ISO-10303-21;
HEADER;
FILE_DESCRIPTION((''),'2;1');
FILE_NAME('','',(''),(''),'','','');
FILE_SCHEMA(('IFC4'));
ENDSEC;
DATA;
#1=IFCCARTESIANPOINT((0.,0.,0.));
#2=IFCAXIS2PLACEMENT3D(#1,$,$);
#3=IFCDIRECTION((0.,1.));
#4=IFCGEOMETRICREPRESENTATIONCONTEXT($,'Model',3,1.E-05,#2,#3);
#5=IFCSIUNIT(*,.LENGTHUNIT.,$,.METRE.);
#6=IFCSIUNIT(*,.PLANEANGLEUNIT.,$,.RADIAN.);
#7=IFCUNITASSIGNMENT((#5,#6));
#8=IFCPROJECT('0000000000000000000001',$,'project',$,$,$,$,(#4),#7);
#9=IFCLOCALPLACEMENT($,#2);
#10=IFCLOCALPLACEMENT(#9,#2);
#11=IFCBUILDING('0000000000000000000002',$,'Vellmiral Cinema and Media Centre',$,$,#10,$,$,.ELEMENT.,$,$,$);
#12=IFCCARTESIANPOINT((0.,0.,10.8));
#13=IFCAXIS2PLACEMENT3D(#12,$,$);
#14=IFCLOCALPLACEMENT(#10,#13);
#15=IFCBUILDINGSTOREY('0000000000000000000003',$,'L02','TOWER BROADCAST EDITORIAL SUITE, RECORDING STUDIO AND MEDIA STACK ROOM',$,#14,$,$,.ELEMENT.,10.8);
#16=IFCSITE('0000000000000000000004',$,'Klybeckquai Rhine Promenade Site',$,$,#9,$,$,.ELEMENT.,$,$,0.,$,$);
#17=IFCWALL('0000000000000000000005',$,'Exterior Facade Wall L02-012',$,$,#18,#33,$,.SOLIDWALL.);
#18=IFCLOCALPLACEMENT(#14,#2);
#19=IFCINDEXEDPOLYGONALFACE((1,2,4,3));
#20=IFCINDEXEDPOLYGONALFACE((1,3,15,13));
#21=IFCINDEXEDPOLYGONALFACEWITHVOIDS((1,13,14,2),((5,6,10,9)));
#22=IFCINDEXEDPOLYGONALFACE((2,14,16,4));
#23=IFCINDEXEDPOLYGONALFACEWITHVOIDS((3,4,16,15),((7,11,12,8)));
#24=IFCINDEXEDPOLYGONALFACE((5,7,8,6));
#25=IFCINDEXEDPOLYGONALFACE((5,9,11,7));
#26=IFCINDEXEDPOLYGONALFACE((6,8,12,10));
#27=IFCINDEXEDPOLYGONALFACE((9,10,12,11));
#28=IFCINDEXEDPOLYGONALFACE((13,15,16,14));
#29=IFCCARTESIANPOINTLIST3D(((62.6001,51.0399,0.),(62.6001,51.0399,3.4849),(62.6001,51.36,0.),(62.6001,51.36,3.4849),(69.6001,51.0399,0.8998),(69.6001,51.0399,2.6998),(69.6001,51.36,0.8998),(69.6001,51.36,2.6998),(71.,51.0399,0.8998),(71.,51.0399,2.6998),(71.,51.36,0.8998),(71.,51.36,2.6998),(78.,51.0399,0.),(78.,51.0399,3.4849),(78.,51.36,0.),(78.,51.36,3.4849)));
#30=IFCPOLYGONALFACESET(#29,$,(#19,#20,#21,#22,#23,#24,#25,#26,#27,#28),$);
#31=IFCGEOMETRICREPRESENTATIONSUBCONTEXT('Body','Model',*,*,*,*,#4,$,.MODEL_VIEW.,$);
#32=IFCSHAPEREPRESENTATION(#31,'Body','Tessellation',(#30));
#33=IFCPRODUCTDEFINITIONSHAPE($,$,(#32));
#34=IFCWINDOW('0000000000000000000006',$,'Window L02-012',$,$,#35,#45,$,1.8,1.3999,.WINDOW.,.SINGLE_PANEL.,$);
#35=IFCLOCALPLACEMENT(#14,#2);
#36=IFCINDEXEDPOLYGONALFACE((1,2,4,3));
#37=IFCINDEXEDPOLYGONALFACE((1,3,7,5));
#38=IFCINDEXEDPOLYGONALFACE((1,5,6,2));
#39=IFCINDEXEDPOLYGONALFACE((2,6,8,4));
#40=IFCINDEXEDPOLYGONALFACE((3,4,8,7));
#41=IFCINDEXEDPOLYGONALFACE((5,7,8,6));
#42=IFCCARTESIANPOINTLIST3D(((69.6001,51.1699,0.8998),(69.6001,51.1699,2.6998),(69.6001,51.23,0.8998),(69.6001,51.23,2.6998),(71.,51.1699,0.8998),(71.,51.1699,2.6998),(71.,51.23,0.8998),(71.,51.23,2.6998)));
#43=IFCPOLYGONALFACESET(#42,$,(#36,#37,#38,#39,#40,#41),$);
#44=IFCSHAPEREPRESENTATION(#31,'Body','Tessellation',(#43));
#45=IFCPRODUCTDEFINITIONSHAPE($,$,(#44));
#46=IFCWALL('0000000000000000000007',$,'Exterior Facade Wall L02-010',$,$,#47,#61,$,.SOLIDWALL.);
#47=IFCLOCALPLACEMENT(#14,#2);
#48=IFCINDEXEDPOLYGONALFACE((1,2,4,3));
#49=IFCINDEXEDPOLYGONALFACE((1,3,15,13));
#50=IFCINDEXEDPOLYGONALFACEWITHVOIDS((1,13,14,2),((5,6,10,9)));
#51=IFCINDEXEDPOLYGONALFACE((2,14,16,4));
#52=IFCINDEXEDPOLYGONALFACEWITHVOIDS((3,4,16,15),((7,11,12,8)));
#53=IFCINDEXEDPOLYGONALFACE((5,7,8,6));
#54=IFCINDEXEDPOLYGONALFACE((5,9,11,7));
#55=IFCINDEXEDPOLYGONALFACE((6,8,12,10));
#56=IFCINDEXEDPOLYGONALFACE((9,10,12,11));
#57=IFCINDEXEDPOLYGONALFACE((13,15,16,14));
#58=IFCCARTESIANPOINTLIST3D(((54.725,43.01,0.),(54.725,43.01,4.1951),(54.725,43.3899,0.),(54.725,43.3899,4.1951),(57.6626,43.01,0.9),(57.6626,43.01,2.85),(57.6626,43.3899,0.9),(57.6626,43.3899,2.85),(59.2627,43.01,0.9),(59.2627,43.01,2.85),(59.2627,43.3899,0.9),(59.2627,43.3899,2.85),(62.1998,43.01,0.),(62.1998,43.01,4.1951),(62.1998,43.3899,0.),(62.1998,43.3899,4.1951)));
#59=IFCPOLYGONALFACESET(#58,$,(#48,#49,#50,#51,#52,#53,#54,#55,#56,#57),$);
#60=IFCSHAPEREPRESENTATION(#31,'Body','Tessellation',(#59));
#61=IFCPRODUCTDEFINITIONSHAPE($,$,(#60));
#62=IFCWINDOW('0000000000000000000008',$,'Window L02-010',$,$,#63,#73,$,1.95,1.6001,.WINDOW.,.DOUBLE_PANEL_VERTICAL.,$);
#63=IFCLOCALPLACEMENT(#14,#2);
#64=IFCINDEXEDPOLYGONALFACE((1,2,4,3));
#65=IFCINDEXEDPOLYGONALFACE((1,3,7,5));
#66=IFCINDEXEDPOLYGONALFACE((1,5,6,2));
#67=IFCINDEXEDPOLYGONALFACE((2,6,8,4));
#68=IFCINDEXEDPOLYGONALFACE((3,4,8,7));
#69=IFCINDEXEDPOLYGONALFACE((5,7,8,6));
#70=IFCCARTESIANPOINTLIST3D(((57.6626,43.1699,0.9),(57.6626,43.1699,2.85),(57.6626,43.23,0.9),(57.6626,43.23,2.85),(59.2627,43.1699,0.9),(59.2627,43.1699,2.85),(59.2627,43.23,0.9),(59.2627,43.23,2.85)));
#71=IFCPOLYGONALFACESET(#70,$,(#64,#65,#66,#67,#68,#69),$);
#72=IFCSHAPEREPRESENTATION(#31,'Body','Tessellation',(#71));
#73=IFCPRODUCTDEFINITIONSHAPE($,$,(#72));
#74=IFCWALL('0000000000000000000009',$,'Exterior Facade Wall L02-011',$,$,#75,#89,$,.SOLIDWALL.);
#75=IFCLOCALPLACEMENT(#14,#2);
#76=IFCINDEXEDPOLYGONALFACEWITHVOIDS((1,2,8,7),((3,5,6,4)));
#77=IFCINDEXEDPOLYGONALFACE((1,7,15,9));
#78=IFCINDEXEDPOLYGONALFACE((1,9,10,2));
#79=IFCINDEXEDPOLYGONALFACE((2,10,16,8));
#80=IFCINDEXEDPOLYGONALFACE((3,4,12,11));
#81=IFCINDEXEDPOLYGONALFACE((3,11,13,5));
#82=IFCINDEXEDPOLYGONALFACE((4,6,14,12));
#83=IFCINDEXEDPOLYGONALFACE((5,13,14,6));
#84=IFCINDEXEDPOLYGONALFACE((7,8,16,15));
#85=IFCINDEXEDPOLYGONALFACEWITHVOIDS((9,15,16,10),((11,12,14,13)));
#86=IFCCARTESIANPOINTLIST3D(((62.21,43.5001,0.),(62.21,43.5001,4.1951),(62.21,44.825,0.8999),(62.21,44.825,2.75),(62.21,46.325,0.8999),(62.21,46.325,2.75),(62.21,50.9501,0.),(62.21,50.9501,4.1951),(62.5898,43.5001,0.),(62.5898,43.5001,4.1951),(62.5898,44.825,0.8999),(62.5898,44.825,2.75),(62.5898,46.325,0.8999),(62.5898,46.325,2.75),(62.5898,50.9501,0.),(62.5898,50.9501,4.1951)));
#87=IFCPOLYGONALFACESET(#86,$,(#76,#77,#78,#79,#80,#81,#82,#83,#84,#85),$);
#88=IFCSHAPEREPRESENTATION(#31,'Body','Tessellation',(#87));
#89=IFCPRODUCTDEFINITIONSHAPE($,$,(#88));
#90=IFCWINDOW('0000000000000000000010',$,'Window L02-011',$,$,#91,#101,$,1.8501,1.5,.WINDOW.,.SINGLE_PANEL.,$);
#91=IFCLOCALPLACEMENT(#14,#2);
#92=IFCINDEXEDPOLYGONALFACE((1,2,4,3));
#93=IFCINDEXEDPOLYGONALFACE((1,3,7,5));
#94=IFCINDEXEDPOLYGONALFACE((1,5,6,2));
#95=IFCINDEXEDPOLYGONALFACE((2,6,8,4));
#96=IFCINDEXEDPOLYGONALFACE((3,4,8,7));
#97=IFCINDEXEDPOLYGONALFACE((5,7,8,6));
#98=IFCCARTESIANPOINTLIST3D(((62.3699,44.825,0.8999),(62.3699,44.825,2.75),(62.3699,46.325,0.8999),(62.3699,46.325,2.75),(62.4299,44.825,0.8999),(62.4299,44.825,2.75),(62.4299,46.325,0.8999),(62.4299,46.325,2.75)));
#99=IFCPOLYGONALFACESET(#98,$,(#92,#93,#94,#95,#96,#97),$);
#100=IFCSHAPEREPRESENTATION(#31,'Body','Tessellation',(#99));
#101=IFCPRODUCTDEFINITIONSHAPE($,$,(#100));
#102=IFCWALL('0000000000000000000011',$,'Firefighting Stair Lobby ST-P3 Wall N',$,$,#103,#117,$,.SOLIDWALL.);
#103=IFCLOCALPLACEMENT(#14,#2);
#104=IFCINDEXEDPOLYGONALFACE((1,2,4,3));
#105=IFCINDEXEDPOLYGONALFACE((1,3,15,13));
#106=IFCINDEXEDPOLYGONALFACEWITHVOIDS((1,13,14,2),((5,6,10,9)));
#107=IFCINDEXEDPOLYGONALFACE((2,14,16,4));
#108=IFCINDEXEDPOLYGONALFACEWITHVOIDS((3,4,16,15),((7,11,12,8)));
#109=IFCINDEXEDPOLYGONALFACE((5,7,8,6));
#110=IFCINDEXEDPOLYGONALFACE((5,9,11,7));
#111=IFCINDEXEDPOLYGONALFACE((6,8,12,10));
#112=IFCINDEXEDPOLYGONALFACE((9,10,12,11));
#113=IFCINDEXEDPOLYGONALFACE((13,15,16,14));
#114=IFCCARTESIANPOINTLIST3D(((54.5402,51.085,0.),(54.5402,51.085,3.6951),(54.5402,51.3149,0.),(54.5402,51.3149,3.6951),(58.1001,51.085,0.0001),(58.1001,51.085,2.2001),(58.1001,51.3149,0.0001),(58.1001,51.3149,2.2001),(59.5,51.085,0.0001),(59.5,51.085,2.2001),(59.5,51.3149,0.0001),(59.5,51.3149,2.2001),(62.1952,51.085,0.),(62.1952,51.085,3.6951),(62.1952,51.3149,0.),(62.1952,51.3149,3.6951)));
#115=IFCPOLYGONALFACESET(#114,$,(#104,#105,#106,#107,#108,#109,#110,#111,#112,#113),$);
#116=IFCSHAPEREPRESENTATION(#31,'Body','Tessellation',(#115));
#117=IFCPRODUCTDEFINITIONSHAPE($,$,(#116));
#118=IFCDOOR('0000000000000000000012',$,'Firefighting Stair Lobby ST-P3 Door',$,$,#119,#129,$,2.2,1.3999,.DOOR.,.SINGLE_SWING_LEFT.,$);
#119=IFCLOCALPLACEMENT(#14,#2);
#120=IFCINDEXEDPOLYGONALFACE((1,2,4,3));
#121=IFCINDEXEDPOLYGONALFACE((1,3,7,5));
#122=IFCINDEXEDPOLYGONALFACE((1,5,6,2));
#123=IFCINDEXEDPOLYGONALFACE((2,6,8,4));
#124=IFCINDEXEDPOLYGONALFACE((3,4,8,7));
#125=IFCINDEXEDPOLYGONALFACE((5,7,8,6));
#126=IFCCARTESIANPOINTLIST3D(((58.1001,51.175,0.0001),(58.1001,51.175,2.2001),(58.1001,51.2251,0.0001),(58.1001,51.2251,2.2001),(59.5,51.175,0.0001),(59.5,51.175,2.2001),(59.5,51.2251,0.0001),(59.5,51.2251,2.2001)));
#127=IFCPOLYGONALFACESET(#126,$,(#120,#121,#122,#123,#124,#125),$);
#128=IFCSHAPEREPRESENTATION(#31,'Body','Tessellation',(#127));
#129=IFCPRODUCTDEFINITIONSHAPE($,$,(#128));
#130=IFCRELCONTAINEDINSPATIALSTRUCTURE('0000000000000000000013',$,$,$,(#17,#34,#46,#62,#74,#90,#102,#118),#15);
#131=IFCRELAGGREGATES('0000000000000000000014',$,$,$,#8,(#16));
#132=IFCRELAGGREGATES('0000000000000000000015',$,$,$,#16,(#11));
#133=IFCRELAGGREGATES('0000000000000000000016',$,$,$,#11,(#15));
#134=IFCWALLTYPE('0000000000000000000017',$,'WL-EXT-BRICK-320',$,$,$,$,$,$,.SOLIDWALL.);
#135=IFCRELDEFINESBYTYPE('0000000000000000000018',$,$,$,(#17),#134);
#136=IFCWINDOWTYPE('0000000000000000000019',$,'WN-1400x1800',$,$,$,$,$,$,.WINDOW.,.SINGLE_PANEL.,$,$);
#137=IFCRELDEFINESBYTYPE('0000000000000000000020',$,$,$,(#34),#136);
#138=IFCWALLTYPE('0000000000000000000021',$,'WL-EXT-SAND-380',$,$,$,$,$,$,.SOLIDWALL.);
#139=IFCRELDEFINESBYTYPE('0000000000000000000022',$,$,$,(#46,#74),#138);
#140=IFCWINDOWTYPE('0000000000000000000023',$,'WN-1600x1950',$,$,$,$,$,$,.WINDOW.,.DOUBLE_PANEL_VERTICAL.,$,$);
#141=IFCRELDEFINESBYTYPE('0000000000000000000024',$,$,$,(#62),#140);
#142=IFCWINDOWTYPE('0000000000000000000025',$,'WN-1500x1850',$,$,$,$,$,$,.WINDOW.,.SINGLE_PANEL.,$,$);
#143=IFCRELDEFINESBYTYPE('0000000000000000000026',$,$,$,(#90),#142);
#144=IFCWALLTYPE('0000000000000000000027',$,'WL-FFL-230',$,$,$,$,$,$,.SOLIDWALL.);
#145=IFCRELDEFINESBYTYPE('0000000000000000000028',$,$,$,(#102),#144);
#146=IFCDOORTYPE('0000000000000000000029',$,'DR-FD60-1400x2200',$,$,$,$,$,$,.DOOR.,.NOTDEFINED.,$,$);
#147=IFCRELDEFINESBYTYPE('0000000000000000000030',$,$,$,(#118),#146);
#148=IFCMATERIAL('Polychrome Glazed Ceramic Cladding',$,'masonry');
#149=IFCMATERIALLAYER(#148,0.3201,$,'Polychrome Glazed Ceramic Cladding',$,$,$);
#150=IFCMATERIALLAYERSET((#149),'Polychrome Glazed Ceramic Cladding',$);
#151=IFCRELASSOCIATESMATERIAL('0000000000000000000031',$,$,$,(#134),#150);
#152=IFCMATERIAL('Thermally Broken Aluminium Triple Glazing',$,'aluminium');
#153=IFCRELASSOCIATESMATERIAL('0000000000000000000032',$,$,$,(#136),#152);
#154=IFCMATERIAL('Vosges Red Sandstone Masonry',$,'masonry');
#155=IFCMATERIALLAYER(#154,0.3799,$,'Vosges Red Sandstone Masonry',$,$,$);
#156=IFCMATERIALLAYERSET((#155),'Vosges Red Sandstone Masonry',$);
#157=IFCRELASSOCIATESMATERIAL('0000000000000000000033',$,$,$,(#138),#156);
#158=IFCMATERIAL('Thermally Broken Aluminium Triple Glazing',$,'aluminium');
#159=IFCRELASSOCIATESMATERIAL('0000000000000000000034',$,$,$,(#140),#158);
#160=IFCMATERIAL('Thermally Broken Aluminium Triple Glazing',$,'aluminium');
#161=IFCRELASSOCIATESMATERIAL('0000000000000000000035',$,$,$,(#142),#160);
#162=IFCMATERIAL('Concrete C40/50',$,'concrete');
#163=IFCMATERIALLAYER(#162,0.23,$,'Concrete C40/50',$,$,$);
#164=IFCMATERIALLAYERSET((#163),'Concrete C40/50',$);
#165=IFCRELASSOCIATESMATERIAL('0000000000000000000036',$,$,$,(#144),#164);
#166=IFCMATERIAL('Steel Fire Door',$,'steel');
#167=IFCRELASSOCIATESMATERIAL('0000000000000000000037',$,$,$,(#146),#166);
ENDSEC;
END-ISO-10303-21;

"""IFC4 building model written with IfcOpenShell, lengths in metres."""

from ifc_helpers import new_model, si_unit, direction, frame, frame_2d, origin, place, context, subcontext, project, spatial, rectangle, extrude, material, layer, layer_set, type_object, element, fill, save


model = new_model("IFC4")

# Units and contexts
model_context = context("Model", 3, precision=1e-05, world=origin(), true_north=direction((0.0, 1.0)))
body_context = subcontext(model_context, "Body", "Model", "MODEL_VIEW")
ifc_project = project(units=[si_unit("LENGTHUNIT", "METRE"), si_unit("PLANEANGLEUNIT", "RADIAN")], contexts=[model_context])

# Site, building, storey
site_placement = place(None, origin())
site = spatial("IfcSite", under=ifc_project, at=site_placement, Name="Klybeckquai Rhine Promenade Site", CompositionType="ELEMENT", RefElevation=0.0)
building_placement = place(site_placement, origin())
building = spatial("IfcBuilding", under=site, at=building_placement, Name="Vellmiral Cinema and Media Centre", CompositionType="ELEMENT")
storey_placement = place(building_placement, frame((0.0, 0.0, 10.8)))
storey = spatial("IfcBuildingStorey", under=building, at=storey_placement, Name="L02", Description="TOWER BROADCAST EDITORIAL SUITE, RECORDING STUDIO AND MEDIA STACK ROOM", CompositionType="ELEMENT", Elevation=10.8)

# Walls, openings, windows
ifc_material_1 = material(Name="Polychrome Glazed Ceramic Cladding", Category="masonry")
ifc_layer_1 = layer(ifc_material_1, 0.3201, Name="Polychrome Glazed Ceramic Cladding")
ifc_layer_set_1 = layer_set([ifc_layer_1], Name="Polychrome Glazed Ceramic Cladding")
wall_type_1 = type_object("IfcWallType", Name="WL-EXT-BRICK-320", PredefinedType="SOLIDWALL", material=ifc_layer_set_1)
wall_1_placement = place(storey_placement, frame((62.6001, 51.2, 0.0), z_axis=(0.0, 0.0, 1.0), x_axis=(1.0, 0.0, 0.0)))
wall_1 = element("IfcWall", 1, at=wall_1_placement, inside=storey, type_object=wall_type_1, Name="Exterior Facade Wall L02-012", PredefinedType="SOLIDWALL", context=body_context, shape_type="SweptSolid", body=[
    extrude(rectangle(XDim=15.3999, YDim=0.3201, at=frame_2d((7.7, 0.0))), origin(), (0.0, 0.0, 1.0), 3.4849),
])
opening_1_placement = place(wall_1_placement, frame((7.0, 0.0, 0.8999)))
opening_1 = element("IfcOpeningElement", 2, at=opening_1_placement, cuts=wall_1, PredefinedType="OPENING", context=body_context, shape_type="SweptSolid", body=[
    extrude(rectangle(XDim=1.3999, YDim=1.8, at=frame_2d((0.7, 0.8999))), frame((0.0, 0.1719, 0.0), z_axis=(0.0, -1.0, 0.0), x_axis=(1.0, 0.0, 0.0)), (0.0, 0.0, 1.0), 0.344),
])
ifc_material_2 = material(Name="Thermally Broken Aluminium Triple Glazing", Category="aluminium")
window_type_1 = type_object("IfcWindowType", Name="WN-1400x1800", PartitioningType="SINGLE_PANEL", PredefinedType="WINDOW", material=ifc_material_2)
window_1_placement = place(opening_1_placement, origin())
window_1 = element("IfcWindow", 3, at=window_1_placement, inside=storey, type_object=window_type_1, Name="Window L02-012", OverallHeight=1.8, OverallWidth=1.3999, PartitioningType="SINGLE_PANEL", PredefinedType="WINDOW", context=body_context, shape_type="SweptSolid", body=[
    extrude(rectangle(XDim=1.3999, YDim=1.8, at=frame_2d((0.7, 0.8999))), frame((0.0, 0.03, 0.0), z_axis=(0.0, -1.0, 0.0), x_axis=(1.0, 0.0, 0.0)), (0.0, 0.0, 1.0), 0.0601),
])
fill(opening_1, window_1)
ifc_material_3 = material(Name="Vosges Red Sandstone Masonry", Category="masonry")
ifc_layer_2 = layer(ifc_material_3, 0.3799, Name="Vosges Red Sandstone Masonry")
ifc_layer_set_2 = layer_set([ifc_layer_2], Name="Vosges Red Sandstone Masonry")
wall_type_2 = type_object("IfcWallType", Name="WL-EXT-SAND-380", PredefinedType="SOLIDWALL", material=ifc_layer_set_2)
wall_2_placement = place(storey_placement, frame((54.7251, 43.2, 0.0), z_axis=(0.0, 0.0, 1.0), x_axis=(1.0, 0.0, 0.0)))
wall_2 = element("IfcWall", 4, at=wall_2_placement, inside=storey, type_object=wall_type_2, Name="Exterior Facade Wall L02-010", PredefinedType="SOLIDWALL", context=body_context, shape_type="SweptSolid", body=[
    extrude(rectangle(XDim=7.4749, YDim=0.3799, at=frame_2d((3.7373, 0.0))), origin(), (0.0, 0.0, 1.0), 4.1951),
])
opening_2_placement = place(wall_2_placement, frame((2.9375, 0.0, 0.8999)))
opening_2 = element("IfcOpeningElement", 5, at=opening_2_placement, cuts=wall_2, PredefinedType="OPENING", context=body_context, shape_type="SweptSolid", body=[
    extrude(rectangle(XDim=1.6001, YDim=1.95, at=frame_2d((0.8, 0.9751))), frame((0.0, 0.2019, 0.0), z_axis=(0.0, -1.0, 0.0), x_axis=(1.0, 0.0, 0.0)), (0.0, 0.0, 1.0), 0.4038),
])
ifc_material_4 = material(Name="Thermally Broken Aluminium Triple Glazing", Category="aluminium")
window_type_2 = type_object("IfcWindowType", Name="WN-1600x1950", PartitioningType="DOUBLE_PANEL_VERTICAL", PredefinedType="WINDOW", material=ifc_material_4)
window_2_placement = place(opening_2_placement, origin())
window_2 = element("IfcWindow", 6, at=window_2_placement, inside=storey, type_object=window_type_2, Name="Window L02-010", OverallHeight=1.95, OverallWidth=1.6001, PartitioningType="DOUBLE_PANEL_VERTICAL", PredefinedType="WINDOW", context=body_context, shape_type="SweptSolid", body=[
    extrude(rectangle(XDim=1.6001, YDim=1.95, at=frame_2d((0.8, 0.9751))), frame((0.0, 0.03, 0.0), z_axis=(0.0, -1.0, 0.0), x_axis=(1.0, 0.0, 0.0)), (0.0, 0.0, 1.0), 0.0601),
])
fill(opening_2, window_2)
wall_3_placement = place(storey_placement, frame((62.3999, 43.5, 0.0), z_axis=(0.0, 0.0, 1.0), x_axis=(0.0, 1.0, 0.0)))
wall_3 = element("IfcWall", 7, at=wall_3_placement, inside=storey, type_object=wall_type_2, Name="Exterior Facade Wall L02-011", PredefinedType="SOLIDWALL", context=body_context, shape_type="SweptSolid", body=[
    extrude(rectangle(XDim=7.45, YDim=0.3799, at=frame_2d((3.7251, 0.0))), origin(), (0.0, 0.0, 1.0), 4.1951),
])
opening_3_placement = place(wall_3_placement, frame((1.325, 0.0, 0.8999)))
opening_3 = element("IfcOpeningElement", 8, at=opening_3_placement, cuts=wall_3, PredefinedType="OPENING", context=body_context, shape_type="SweptSolid", body=[
    extrude(rectangle(XDim=1.5, YDim=1.8501, at=frame_2d((0.75, 0.925))), frame((0.0, 0.2019, 0.0), z_axis=(0.0, -1.0, 0.0), x_axis=(1.0, 0.0, 0.0)), (0.0, 0.0, 1.0), 0.4038),
])
ifc_material_5 = material(Name="Thermally Broken Aluminium Triple Glazing", Category="aluminium")
window_type_3 = type_object("IfcWindowType", Name="WN-1500x1850", PartitioningType="SINGLE_PANEL", PredefinedType="WINDOW", material=ifc_material_5)
window_3_placement = place(opening_3_placement, origin())
window_3 = element("IfcWindow", 9, at=window_3_placement, inside=storey, type_object=window_type_3, Name="Window L02-011", OverallHeight=1.8501, OverallWidth=1.5, PartitioningType="SINGLE_PANEL", PredefinedType="WINDOW", context=body_context, shape_type="SweptSolid", body=[
    extrude(rectangle(XDim=1.5, YDim=1.8501, at=frame_2d((0.75, 0.925))), frame((0.0, 0.03, 0.0), z_axis=(0.0, -1.0, 0.0), x_axis=(1.0, 0.0, 0.0)), (0.0, 0.0, 1.0), 0.0601),
])
fill(opening_3, window_3)

# Wall, opening, door
ifc_material_6 = material(Name="Concrete C40/50", Category="concrete")
ifc_layer_3 = layer(ifc_material_6, 0.23, Name="Concrete C40/50")
ifc_layer_set_3 = layer_set([ifc_layer_3], Name="Concrete C40/50")
wall_type_3 = type_object("IfcWallType", Name="WL-FFL-230", PredefinedType="SOLIDWALL", material=ifc_layer_set_3)
wall_4_placement = place(storey_placement, frame((54.54, 51.2, 0.0), z_axis=(0.0, 0.0, 1.0), x_axis=(1.0, 0.0, 0.0)))
wall_4 = element("IfcWall", 10, at=wall_4_placement, inside=storey, type_object=wall_type_3, Name="Firefighting Stair Lobby ST-P3 Wall N", PredefinedType="SOLIDWALL", context=body_context, shape_type="SweptSolid", body=[
    extrude(rectangle(XDim=7.655, YDim=0.23, at=frame_2d((3.8276, 0.0))), origin(), (0.0, 0.0, 1.0), 3.6951),
])
opening_4_placement = place(wall_4_placement, frame((3.5601, 0.0, 0.0)))
opening_4 = element("IfcOpeningElement", 11, at=opening_4_placement, cuts=wall_4, PredefinedType="OPENING", context=body_context, shape_type="SweptSolid", body=[
    extrude(rectangle(XDim=1.3999, YDim=2.2, at=frame_2d((0.7, 1.1001))), frame((0.0, 0.127, 0.0), z_axis=(0.0, -1.0, 0.0), x_axis=(1.0, 0.0, 0.0)), (0.0, 0.0, 1.0), 0.2539),
])
ifc_material_7 = material(Name="Steel Fire Door", Category="steel")
door_type_1 = type_object("IfcDoorType", Name="DR-FD60-1400x2200", OperationType="NOTDEFINED", PredefinedType="DOOR", material=ifc_material_7)
door_1_placement = place(opening_4_placement, frame((1.3999, 0.0, 0.0), z_axis=(0.0, 0.0, 1.0), x_axis=(-1.0, 0.0, 0.0)))
door_1 = element("IfcDoor", 12, at=door_1_placement, inside=storey, type_object=door_type_1, Name="Firefighting Stair Lobby ST-P3 Door", OperationType="SINGLE_SWING_LEFT", OverallHeight=2.2, OverallWidth=1.3999, PredefinedType="DOOR", context=body_context, shape_type="SweptSolid", body=[
    extrude(rectangle(XDim=1.3999, YDim=2.2, at=frame_2d((0.7, 1.1001))), frame((0.0, 0.0249, 0.0), z_axis=(0.0, -1.0, 0.0), x_axis=(1.0, 0.0, 0.0)), (0.0, 0.0, 1.0), 0.05),
])
fill(opening_4, door_1)

save(model, "model.ifc")
